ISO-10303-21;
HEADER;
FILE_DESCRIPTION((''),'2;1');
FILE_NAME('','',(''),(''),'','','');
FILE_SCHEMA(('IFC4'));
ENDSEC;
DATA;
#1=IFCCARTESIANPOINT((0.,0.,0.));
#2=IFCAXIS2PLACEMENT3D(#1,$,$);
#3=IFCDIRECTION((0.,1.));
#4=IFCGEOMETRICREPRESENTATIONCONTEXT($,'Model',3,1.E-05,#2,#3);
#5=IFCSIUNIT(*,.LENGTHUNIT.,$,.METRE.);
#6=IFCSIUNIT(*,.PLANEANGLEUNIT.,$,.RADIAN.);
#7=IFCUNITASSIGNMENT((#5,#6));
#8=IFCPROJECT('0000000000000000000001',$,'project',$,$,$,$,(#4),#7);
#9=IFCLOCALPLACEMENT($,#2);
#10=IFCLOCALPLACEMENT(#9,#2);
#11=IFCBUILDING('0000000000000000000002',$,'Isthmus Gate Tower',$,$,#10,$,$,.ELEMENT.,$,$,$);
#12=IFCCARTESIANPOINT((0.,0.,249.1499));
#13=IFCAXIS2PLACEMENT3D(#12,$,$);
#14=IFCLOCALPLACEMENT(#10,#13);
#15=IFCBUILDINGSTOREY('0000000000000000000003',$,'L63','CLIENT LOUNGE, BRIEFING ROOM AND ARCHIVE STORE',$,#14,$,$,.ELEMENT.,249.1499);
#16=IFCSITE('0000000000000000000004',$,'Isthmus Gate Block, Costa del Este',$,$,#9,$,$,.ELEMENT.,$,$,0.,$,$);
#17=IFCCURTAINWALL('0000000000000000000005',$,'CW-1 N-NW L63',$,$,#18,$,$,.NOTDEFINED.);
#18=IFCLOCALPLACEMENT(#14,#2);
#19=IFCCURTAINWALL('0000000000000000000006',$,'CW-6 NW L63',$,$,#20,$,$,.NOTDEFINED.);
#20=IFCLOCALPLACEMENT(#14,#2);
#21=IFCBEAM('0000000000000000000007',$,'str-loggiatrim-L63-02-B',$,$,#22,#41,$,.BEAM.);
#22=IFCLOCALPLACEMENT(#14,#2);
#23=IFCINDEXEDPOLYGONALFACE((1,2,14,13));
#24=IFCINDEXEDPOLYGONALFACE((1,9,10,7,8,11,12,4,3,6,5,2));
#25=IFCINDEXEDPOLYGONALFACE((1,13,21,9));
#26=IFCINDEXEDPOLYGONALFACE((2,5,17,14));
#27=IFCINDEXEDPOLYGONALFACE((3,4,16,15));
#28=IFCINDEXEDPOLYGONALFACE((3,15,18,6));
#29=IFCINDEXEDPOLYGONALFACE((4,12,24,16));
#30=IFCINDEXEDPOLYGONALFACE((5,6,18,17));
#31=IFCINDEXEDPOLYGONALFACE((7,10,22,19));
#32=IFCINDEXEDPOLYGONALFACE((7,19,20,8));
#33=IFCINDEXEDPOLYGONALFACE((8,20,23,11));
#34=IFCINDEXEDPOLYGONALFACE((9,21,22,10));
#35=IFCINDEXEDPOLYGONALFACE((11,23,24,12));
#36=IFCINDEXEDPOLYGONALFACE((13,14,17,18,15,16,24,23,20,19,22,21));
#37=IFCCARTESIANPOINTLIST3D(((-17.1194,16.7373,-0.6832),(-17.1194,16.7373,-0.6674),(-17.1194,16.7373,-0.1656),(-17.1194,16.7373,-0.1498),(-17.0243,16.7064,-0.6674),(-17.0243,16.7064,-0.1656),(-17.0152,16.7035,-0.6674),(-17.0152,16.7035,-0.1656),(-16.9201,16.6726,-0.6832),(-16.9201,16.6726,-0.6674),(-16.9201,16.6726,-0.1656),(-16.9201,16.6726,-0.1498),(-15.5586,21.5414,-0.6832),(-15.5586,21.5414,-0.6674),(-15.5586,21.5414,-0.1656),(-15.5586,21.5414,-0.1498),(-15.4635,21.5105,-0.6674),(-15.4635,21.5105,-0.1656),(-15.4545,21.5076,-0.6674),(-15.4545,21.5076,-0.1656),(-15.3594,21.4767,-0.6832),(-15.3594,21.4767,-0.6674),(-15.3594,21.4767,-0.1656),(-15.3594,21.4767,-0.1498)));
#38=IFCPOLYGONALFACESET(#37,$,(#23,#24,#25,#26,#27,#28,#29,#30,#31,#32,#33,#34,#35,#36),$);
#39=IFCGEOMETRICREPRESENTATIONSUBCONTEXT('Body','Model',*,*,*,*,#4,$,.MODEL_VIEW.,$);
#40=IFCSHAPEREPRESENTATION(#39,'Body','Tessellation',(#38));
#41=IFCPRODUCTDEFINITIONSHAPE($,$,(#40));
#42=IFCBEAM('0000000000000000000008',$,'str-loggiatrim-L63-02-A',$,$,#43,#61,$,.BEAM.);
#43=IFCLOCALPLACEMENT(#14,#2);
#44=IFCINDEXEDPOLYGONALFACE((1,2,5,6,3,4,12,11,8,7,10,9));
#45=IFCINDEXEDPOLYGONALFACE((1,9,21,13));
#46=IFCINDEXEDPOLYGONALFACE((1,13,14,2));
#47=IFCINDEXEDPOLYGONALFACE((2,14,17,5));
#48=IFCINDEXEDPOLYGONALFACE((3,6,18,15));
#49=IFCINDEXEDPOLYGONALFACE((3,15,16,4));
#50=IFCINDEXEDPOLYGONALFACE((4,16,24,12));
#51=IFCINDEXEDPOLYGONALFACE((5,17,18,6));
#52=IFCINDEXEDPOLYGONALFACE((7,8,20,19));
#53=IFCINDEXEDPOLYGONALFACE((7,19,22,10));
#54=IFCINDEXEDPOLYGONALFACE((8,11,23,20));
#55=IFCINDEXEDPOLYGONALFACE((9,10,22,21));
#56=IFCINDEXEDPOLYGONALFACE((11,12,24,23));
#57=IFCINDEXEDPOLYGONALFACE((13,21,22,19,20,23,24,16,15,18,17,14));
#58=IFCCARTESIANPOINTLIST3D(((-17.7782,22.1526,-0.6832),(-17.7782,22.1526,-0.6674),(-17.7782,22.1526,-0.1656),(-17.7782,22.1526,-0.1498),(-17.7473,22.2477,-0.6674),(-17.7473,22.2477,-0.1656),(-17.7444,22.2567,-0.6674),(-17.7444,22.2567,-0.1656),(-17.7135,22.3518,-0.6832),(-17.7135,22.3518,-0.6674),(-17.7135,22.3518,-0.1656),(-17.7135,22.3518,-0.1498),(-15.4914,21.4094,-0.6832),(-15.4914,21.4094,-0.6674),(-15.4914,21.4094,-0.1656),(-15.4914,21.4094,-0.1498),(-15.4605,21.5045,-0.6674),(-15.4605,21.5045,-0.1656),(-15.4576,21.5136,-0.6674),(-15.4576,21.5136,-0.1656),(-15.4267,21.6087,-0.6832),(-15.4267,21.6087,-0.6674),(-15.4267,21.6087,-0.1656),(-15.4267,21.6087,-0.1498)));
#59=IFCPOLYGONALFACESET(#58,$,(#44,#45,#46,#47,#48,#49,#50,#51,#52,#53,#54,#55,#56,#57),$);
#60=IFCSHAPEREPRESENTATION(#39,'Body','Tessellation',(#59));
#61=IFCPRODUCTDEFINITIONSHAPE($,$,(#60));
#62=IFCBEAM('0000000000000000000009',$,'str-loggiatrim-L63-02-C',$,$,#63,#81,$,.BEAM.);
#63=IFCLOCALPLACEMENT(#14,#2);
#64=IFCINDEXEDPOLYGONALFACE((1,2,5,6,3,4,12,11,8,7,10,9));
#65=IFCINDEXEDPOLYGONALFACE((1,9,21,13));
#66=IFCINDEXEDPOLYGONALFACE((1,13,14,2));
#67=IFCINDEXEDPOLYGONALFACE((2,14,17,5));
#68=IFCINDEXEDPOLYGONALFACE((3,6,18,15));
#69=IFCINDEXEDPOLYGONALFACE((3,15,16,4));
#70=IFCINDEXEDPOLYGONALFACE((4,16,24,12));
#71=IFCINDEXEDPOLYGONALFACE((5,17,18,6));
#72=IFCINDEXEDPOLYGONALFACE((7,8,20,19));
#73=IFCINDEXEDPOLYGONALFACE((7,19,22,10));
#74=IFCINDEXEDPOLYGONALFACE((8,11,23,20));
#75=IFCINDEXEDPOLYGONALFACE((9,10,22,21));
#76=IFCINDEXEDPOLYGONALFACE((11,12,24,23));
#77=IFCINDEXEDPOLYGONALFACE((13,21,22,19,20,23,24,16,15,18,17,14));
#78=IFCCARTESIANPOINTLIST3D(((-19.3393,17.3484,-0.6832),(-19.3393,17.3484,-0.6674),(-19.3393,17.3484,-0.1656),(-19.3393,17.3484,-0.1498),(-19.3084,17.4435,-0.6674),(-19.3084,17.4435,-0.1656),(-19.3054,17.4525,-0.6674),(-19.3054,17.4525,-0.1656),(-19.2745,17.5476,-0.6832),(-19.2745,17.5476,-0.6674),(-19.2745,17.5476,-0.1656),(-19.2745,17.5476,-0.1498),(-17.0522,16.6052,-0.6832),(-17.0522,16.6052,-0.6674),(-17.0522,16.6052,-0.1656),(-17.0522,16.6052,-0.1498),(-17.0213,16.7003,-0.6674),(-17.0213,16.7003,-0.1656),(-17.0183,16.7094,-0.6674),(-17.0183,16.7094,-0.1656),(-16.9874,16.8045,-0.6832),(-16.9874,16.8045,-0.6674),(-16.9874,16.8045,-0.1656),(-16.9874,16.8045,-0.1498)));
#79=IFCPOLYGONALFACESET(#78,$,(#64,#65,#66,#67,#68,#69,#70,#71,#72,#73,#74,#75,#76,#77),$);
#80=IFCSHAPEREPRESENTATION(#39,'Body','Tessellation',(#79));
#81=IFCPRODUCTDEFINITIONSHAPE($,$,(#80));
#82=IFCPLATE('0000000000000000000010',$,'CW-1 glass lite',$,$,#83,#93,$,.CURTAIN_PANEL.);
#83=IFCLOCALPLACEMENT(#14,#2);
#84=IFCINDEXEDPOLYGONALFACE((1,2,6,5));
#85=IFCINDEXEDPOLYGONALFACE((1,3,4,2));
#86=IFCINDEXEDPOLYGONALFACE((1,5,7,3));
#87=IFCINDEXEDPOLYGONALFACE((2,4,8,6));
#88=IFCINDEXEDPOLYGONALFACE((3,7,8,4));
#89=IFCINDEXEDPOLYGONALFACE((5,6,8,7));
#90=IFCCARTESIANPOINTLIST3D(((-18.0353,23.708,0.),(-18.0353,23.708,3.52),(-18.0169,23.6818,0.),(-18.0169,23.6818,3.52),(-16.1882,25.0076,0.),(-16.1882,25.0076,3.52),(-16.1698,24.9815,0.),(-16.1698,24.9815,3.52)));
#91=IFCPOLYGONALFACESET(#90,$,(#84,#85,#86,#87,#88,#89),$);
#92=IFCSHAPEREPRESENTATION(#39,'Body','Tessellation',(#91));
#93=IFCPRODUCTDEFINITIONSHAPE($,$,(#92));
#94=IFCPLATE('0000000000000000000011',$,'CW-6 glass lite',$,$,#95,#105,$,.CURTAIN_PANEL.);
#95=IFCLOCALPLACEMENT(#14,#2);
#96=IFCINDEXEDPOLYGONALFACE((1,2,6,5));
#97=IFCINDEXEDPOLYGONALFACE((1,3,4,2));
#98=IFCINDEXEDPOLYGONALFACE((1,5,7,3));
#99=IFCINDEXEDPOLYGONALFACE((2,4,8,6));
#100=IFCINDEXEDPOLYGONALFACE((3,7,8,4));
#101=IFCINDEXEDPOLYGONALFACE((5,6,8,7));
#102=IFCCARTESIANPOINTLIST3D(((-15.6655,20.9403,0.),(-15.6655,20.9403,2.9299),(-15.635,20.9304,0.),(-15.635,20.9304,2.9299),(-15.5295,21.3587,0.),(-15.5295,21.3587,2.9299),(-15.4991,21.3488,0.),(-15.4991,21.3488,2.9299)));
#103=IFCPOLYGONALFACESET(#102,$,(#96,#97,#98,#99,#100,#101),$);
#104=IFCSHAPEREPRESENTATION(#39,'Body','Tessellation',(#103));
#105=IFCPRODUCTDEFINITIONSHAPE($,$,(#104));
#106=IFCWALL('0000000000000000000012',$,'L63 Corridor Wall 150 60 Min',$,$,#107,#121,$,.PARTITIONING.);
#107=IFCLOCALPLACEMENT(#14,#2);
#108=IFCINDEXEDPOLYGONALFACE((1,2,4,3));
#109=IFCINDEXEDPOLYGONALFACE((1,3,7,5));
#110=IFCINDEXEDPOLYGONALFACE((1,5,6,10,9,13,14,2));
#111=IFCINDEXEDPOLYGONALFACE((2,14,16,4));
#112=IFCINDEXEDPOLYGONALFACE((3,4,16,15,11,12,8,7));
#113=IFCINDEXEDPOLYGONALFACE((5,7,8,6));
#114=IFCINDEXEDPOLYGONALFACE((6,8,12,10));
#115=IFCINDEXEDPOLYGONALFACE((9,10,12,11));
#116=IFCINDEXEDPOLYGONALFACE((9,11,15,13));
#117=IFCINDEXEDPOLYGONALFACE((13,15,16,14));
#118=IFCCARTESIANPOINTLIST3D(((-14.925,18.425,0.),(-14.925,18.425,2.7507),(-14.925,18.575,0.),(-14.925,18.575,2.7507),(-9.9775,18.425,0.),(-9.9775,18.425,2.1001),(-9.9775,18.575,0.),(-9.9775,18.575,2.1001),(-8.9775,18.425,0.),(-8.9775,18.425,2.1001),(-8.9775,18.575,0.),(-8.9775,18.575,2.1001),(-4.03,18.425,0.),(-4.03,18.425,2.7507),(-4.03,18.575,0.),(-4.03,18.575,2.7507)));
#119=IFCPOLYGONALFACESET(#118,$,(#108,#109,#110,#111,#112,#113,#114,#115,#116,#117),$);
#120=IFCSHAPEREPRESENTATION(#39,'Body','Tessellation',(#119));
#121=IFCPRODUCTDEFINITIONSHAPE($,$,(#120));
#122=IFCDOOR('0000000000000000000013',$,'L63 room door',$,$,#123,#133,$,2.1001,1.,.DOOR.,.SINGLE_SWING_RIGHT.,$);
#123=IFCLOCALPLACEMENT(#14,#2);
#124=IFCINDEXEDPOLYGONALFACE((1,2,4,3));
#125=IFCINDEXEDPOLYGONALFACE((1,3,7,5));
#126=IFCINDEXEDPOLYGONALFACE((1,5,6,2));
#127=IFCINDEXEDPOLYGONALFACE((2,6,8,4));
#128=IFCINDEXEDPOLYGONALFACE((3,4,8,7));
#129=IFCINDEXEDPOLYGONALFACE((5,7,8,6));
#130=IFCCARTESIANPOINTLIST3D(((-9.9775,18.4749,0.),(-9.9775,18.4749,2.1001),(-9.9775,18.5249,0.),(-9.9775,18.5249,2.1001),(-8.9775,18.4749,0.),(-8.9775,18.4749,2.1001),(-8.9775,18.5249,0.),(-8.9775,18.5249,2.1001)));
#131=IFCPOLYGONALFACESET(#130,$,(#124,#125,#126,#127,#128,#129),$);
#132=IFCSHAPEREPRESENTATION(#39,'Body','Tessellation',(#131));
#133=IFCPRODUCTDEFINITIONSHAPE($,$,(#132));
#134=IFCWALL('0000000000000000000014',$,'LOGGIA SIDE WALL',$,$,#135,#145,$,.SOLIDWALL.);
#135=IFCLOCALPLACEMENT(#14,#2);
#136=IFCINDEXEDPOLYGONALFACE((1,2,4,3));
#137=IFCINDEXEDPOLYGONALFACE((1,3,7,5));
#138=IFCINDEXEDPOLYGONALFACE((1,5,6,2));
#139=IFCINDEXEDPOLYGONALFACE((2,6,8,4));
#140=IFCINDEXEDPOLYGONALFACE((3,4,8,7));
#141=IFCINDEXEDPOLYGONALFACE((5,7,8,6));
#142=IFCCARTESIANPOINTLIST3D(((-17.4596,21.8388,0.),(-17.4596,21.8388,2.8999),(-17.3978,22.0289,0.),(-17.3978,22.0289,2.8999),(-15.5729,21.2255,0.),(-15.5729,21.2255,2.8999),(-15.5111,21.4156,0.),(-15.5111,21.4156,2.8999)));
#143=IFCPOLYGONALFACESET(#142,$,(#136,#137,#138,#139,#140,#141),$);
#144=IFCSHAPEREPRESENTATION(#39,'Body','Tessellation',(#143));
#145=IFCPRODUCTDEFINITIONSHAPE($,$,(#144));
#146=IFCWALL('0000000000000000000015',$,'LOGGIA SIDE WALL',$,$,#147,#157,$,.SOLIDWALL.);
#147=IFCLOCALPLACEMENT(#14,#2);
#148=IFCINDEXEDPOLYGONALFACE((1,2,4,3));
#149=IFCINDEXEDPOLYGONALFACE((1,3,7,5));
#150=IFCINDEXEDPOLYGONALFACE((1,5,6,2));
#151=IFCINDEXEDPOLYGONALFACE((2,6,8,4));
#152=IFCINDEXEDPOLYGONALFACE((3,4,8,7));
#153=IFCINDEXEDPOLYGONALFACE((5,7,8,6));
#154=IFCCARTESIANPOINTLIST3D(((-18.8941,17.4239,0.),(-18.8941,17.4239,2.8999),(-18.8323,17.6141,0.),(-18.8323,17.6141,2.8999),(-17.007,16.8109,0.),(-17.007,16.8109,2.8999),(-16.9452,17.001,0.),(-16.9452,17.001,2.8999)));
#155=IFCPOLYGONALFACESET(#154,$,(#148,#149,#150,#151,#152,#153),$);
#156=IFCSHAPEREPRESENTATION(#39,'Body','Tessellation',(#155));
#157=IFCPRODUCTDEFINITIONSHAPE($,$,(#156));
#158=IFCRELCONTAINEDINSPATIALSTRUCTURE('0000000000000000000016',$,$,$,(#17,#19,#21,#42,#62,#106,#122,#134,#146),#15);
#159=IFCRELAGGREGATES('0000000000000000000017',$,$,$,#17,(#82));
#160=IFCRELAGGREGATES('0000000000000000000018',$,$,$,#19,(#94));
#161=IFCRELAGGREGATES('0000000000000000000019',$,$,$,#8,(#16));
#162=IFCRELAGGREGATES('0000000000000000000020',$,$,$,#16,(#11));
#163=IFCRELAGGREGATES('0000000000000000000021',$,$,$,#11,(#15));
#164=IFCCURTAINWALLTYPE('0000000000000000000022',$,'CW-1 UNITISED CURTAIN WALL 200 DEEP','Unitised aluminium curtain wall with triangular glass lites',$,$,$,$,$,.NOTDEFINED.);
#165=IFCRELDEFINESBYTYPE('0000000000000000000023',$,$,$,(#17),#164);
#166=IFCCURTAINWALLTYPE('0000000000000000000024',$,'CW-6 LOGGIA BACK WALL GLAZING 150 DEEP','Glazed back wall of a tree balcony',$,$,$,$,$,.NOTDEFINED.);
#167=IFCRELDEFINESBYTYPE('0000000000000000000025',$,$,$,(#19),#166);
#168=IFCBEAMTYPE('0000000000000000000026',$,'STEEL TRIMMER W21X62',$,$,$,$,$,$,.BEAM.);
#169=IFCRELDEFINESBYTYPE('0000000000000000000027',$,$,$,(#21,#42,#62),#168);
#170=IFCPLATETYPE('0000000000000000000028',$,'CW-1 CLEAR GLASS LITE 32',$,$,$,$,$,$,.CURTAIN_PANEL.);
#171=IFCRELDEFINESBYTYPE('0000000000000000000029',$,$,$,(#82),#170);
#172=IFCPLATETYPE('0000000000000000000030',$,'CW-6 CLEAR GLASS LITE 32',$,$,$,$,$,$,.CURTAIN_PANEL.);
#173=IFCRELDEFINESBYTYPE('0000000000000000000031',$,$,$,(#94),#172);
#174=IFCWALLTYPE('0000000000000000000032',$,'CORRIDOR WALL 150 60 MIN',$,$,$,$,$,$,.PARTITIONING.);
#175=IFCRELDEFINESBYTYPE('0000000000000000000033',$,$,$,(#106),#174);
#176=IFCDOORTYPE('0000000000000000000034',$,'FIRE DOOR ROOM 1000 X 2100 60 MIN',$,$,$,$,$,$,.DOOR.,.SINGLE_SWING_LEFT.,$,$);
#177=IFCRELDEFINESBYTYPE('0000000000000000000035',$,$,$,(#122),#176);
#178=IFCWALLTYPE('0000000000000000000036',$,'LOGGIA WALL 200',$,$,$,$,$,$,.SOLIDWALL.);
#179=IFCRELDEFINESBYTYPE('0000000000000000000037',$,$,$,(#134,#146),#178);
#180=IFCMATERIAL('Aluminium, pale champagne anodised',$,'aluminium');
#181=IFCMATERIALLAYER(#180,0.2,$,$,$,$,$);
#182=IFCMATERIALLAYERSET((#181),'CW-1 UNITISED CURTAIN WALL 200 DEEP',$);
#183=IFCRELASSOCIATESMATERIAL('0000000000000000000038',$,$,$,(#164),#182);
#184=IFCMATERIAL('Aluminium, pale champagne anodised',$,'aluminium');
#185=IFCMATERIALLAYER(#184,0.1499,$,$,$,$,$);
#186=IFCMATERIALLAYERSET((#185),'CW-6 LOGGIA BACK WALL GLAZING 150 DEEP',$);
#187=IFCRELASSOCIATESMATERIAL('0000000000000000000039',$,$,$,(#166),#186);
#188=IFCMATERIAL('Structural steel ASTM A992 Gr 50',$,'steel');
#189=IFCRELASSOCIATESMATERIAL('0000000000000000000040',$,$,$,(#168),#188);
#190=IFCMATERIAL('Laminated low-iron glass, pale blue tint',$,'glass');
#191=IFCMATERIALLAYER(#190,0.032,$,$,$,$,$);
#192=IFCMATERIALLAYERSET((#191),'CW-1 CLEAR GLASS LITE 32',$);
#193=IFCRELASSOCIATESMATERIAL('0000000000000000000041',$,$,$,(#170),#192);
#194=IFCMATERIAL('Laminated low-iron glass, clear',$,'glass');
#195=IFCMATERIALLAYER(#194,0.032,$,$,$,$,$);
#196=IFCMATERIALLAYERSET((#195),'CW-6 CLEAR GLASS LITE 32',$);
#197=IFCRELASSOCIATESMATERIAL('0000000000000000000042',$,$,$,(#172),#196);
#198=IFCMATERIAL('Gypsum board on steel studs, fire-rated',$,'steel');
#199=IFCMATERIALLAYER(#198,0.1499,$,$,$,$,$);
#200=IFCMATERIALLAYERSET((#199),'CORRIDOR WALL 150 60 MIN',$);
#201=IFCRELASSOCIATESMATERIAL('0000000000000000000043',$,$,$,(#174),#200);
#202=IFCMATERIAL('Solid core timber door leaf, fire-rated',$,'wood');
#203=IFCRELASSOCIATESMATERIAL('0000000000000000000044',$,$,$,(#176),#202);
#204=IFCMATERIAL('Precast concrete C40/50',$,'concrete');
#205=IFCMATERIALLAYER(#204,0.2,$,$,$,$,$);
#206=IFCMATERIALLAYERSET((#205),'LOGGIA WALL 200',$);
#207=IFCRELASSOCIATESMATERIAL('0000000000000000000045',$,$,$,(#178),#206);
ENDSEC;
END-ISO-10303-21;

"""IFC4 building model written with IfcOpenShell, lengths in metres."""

from ifc_helpers import new_model, si_unit, direction, frame, frame_2d, origin, origin_2d, place, context, subcontext, project, spatial, rectangle, i_section, extrude, material, layer, layer_set, material_profile, profile_set, type_object, element, fill, aggregate, save


model = new_model("IFC4")

# Units and contexts
model_context = context("Model", 3, precision=1e-05, world=origin(), true_north=direction((0.0, 1.0)))
body_context = subcontext(model_context, "Body", "Model", "MODEL_VIEW")
ifc_project = project(units=[si_unit("LENGTHUNIT", "METRE"), si_unit("PLANEANGLEUNIT", "RADIAN")], contexts=[model_context])

# Site, building, storey
site_placement = place(None, origin())
site = spatial("IfcSite", under=ifc_project, at=site_placement, Name="Isthmus Gate Block, Costa del Este", CompositionType="ELEMENT", RefElevation=0.0)
building_placement = place(site_placement, origin())
building = spatial("IfcBuilding", under=site, at=building_placement, Name="Isthmus Gate Tower", CompositionType="ELEMENT")
storey_placement = place(building_placement, frame((0.0, 0.0, 249.1499)))
storey = spatial("IfcBuildingStorey", under=building, at=storey_placement, Name="L63", Description="CLIENT LOUNGE, BRIEFING ROOM AND ARCHIVE STORE", CompositionType="ELEMENT", Elevation=249.1499)

# Curtain wall
ifc_material_1 = material(Name="Aluminium, pale champagne anodised", Category="aluminium")
ifc_layer_1 = layer(ifc_material_1, 0.2)
ifc_layer_set_1 = layer_set([ifc_layer_1], Name="CW-1 UNITISED CURTAIN WALL 200 DEEP")
curtain_wall_type_1 = type_object("IfcCurtainWallType", Name="CW-1 UNITISED CURTAIN WALL 200 DEEP", Description="Unitised aluminium curtain wall with triangular glass lites", PredefinedType="NOTDEFINED", material=ifc_layer_set_1)
curtain_wall_1_placement = place(storey_placement, origin())
curtain_wall_1 = element("IfcCurtainWall", 1, at=curtain_wall_1_placement, inside=storey, type_object=curtain_wall_type_1, Name="CW-1 N-NW L63", PredefinedType="NOTDEFINED")

# Curtain wall
ifc_material_2 = material(Name="Aluminium, pale champagne anodised", Category="aluminium")
ifc_layer_2 = layer(ifc_material_2, 0.1499)
ifc_layer_set_2 = layer_set([ifc_layer_2], Name="CW-6 LOGGIA BACK WALL GLAZING 150 DEEP")
curtain_wall_type_2 = type_object("IfcCurtainWallType", Name="CW-6 LOGGIA BACK WALL GLAZING 150 DEEP", Description="Glazed back wall of a tree balcony", PredefinedType="NOTDEFINED", material=ifc_layer_set_2)
curtain_wall_2_placement = place(storey_placement, origin())
curtain_wall_2 = element("IfcCurtainWall", 2, at=curtain_wall_2_placement, inside=storey, type_object=curtain_wall_type_2, Name="CW-6 NW L63", PredefinedType="NOTDEFINED")

# Beams
ifc_material_3 = material(Name="Structural steel ASTM A992 Gr 50", Category="steel")
ifc_material_profile_1 = material_profile(ifc_material_3, i_section(OverallWidth=0.2095, OverallDepth=0.5334, WebThickness=0.0095, FlangeThickness=0.0159, at=origin_2d()), Name="W21X62")
ifc_profile_set_1 = profile_set([ifc_material_profile_1], Name="Structural steel ASTM A992 Gr 50")
beam_type_1 = type_object("IfcBeamType", Name="STEEL TRIMMER W21X62", PredefinedType="BEAM", material=ifc_profile_set_1)
beam_1_placement = place(storey_placement, frame((-15.459, 21.509, -0.4165), z_axis=(-0.308983, -0.951067, 0.0), x_axis=(0.951067, -0.308983, 0.0)))
element("IfcBeam", 3, at=beam_1_placement, inside=storey, type_object=beam_type_1, Name="str-loggiatrim-L63-02-B", PredefinedType="BEAM", context=body_context, shape_type="SweptSolid", body=[
    extrude(i_section(OverallWidth=0.2095, OverallDepth=0.5334, WebThickness=0.0095, FlangeThickness=0.0159, at=origin_2d()), origin(), (0.0, 0.0, 1.0), 5.0513),
])
beam_2_placement = place(storey_placement, frame((-17.7458, 22.2522, -0.4165), z_axis=(0.951042, -0.309061, 0.0), x_axis=(0.309061, 0.951042, 0.0)))
element("IfcBeam", 4, at=beam_2_placement, inside=storey, type_object=beam_type_1, Name="str-loggiatrim-L63-02-A", PredefinedType="BEAM", context=body_context, shape_type="SweptSolid", body=[
    extrude(i_section(OverallWidth=0.2095, OverallDepth=0.5334, WebThickness=0.0095, FlangeThickness=0.0159, at=origin_2d()), origin(), (0.0, 0.0, 1.0), 2.4045),
])
beam_3_placement = place(storey_placement, frame((-19.3069, 17.448, -0.4165), z_axis=(0.951052, -0.309031, 0.0), x_axis=(0.309031, 0.951052, 0.0)))
element("IfcBeam", 5, at=beam_3_placement, inside=storey, type_object=beam_type_1, Name="str-loggiatrim-L63-02-C", PredefinedType="BEAM", context=body_context, shape_type="SweptSolid", body=[
    extrude(i_section(OverallWidth=0.2095, OverallDepth=0.5334, WebThickness=0.0095, FlangeThickness=0.0159, at=origin_2d()), origin(), (0.0, 0.0, 1.0), 2.4048),
])

# Plates
ifc_material_4 = material(Name="Laminated low-iron glass, pale blue tint", Category="glass")
ifc_layer_3 = layer(ifc_material_4, 0.032)
ifc_layer_set_3 = layer_set([ifc_layer_3], Name="CW-1 CLEAR GLASS LITE 32")
plate_type_1 = type_object("IfcPlateType", Name="CW-1 CLEAR GLASS LITE 32", PredefinedType="CURTAIN_PANEL", material=ifc_layer_set_3)
plate_1_placement = place(storey_placement, frame((-17.1025, 24.3447, 0.0), z_axis=(0.0, 0.0, 1.0), x_axis=(-0.81786, -0.575418, 0.0)))
plate_1 = element("IfcPlate", 6, at=plate_1_placement, type_object=plate_type_1, Name="CW-1 glass lite", PredefinedType="CURTAIN_PANEL", context=body_context, shape_type="SweptSolid", body=[
    extrude(rectangle(XDim=2.2585, YDim=0.032, at=origin_2d()), origin(), (0.0, 0.0, 1.0), 3.52),
])
aggregate(curtain_wall_1, [plate_1])
ifc_material_5 = material(Name="Laminated low-iron glass, clear", Category="glass")
ifc_layer_4 = layer(ifc_material_5, 0.032)
ifc_layer_set_4 = layer_set([ifc_layer_4], Name="CW-6 CLEAR GLASS LITE 32")
plate_type_2 = type_object("IfcPlateType", Name="CW-6 CLEAR GLASS LITE 32", PredefinedType="CURTAIN_PANEL", material=ifc_layer_set_4)
plate_2_placement = place(storey_placement, frame((-15.5823, 21.1445, 0.0), z_axis=(0.0, 0.0, 1.0), x_axis=(-0.309017, -0.951057, 0.0)))
plate_2 = element("IfcPlate", 7, at=plate_2_placement, type_object=plate_type_2, Name="CW-6 glass lite", PredefinedType="CURTAIN_PANEL", context=body_context, shape_type="SweptSolid", body=[
    extrude(rectangle(XDim=0.4399, YDim=0.032, at=origin_2d()), origin(), (0.0, 0.0, 1.0), 2.9299),
])
aggregate(curtain_wall_2, [plate_2])

# Wall, opening, door
ifc_material_6 = material(Name="Gypsum board on steel studs, fire-rated", Category="steel")
ifc_layer_5 = layer(ifc_material_6, 0.1499)
ifc_layer_set_5 = layer_set([ifc_layer_5], Name="CORRIDOR WALL 150 60 MIN")
wall_type_1 = type_object("IfcWallType", Name="CORRIDOR WALL 150 60 MIN", PredefinedType="PARTITIONING", material=ifc_layer_set_5)
wall_1_placement = place(storey_placement, frame((-14.925, 18.5, 0.0), z_axis=(0.0, 0.0, 1.0), x_axis=(1.0, 0.0, 0.0)))
wall_1 = element("IfcWall", 8, at=wall_1_placement, inside=storey, type_object=wall_type_1, Name="L63 Corridor Wall 150 60 Min", PredefinedType="PARTITIONING", context=body_context, shape_type="SweptSolid", body=[
    extrude(rectangle(XDim=10.895, YDim=0.1499, at=frame_2d((5.4475, 0.0))), origin(), (0.0, 0.0, 1.0), 2.7507),
])
opening_1_placement = place(wall_1_placement, frame((4.9475, 0.0, 0.0)))
opening_1 = element("IfcOpeningElement", 9, at=opening_1_placement, cuts=wall_1, PredefinedType="OPENING", context=body_context, shape_type="SweptSolid", body=[
    extrude(rectangle(XDim=1.0, YDim=2.1001, at=frame_2d((0.5, 1.05))), frame((0.0, 0.085, 0.0), z_axis=(0.0, -1.0, 0.0), x_axis=(1.0, 0.0, 0.0)), (0.0, 0.0, 1.0), 0.1699),
])
ifc_material_7 = material(Name="Solid core timber door leaf, fire-rated", Category="wood")
door_type_1 = type_object("IfcDoorType", Name="FIRE DOOR ROOM 1000 X 2100 60 MIN", OperationType="SINGLE_SWING_LEFT", PredefinedType="DOOR", material=ifc_material_7)
door_1_placement = place(opening_1_placement, origin())
door_1 = element("IfcDoor", 10, at=door_1_placement, inside=storey, type_object=door_type_1, Name="L63 room door", OperationType="SINGLE_SWING_RIGHT", OverallHeight=2.1001, OverallWidth=1.0, PredefinedType="DOOR", context=body_context, shape_type="SweptSolid", body=[
    extrude(rectangle(XDim=1.0, YDim=2.1001, at=frame_2d((0.5, 1.05))), frame((0.0, 0.0249, 0.0), z_axis=(0.0, -1.0, 0.0), x_axis=(1.0, 0.0, 0.0)), (0.0, 0.0, 1.0), 0.05),
])
fill(opening_1, door_1)
ifc_material_8 = material(Name="Precast concrete C40/50", Category="concrete")
ifc_layer_6 = layer(ifc_material_8, 0.2)
ifc_layer_set_6 = layer_set([ifc_layer_6], Name="LOGGIA WALL 200")
wall_type_2 = type_object("IfcWallType", Name="LOGGIA WALL 200", PredefinedType="SOLIDWALL", material=ifc_layer_set_6)

# Walls
wall_2_placement = place(storey_placement, frame((-17.4287, 21.9338, 0.0), z_axis=(0.0, 0.0, 1.0), x_axis=(0.95102, -0.309131, 0.0)))
element("IfcWall", 11, at=wall_2_placement, inside=storey, type_object=wall_type_2, Name="LOGGIA SIDE WALL", PredefinedType="SOLIDWALL", context=body_context, shape_type="SweptSolid", body=[
    extrude(rectangle(XDim=1.9839, YDim=0.2, at=frame_2d((0.9919, 0.0))), origin(), (0.0, 0.0, 1.0), 2.8999),
])
wall_3_placement = place(storey_placement, frame((-18.8633, 17.519, 0.0), z_axis=(0.0, 0.0, 1.0), x_axis=(0.951068, -0.308983, 0.0)))
element("IfcWall", 12, at=wall_3_placement, inside=storey, type_object=wall_type_2, Name="LOGGIA SIDE WALL", PredefinedType="SOLIDWALL", context=body_context, shape_type="SweptSolid", body=[
    extrude(rectangle(XDim=1.9841, YDim=0.2, at=frame_2d((0.9922, 0.0))), origin(), (0.0, 0.0, 1.0), 2.8999),
])

save(model, "model.ifc")
